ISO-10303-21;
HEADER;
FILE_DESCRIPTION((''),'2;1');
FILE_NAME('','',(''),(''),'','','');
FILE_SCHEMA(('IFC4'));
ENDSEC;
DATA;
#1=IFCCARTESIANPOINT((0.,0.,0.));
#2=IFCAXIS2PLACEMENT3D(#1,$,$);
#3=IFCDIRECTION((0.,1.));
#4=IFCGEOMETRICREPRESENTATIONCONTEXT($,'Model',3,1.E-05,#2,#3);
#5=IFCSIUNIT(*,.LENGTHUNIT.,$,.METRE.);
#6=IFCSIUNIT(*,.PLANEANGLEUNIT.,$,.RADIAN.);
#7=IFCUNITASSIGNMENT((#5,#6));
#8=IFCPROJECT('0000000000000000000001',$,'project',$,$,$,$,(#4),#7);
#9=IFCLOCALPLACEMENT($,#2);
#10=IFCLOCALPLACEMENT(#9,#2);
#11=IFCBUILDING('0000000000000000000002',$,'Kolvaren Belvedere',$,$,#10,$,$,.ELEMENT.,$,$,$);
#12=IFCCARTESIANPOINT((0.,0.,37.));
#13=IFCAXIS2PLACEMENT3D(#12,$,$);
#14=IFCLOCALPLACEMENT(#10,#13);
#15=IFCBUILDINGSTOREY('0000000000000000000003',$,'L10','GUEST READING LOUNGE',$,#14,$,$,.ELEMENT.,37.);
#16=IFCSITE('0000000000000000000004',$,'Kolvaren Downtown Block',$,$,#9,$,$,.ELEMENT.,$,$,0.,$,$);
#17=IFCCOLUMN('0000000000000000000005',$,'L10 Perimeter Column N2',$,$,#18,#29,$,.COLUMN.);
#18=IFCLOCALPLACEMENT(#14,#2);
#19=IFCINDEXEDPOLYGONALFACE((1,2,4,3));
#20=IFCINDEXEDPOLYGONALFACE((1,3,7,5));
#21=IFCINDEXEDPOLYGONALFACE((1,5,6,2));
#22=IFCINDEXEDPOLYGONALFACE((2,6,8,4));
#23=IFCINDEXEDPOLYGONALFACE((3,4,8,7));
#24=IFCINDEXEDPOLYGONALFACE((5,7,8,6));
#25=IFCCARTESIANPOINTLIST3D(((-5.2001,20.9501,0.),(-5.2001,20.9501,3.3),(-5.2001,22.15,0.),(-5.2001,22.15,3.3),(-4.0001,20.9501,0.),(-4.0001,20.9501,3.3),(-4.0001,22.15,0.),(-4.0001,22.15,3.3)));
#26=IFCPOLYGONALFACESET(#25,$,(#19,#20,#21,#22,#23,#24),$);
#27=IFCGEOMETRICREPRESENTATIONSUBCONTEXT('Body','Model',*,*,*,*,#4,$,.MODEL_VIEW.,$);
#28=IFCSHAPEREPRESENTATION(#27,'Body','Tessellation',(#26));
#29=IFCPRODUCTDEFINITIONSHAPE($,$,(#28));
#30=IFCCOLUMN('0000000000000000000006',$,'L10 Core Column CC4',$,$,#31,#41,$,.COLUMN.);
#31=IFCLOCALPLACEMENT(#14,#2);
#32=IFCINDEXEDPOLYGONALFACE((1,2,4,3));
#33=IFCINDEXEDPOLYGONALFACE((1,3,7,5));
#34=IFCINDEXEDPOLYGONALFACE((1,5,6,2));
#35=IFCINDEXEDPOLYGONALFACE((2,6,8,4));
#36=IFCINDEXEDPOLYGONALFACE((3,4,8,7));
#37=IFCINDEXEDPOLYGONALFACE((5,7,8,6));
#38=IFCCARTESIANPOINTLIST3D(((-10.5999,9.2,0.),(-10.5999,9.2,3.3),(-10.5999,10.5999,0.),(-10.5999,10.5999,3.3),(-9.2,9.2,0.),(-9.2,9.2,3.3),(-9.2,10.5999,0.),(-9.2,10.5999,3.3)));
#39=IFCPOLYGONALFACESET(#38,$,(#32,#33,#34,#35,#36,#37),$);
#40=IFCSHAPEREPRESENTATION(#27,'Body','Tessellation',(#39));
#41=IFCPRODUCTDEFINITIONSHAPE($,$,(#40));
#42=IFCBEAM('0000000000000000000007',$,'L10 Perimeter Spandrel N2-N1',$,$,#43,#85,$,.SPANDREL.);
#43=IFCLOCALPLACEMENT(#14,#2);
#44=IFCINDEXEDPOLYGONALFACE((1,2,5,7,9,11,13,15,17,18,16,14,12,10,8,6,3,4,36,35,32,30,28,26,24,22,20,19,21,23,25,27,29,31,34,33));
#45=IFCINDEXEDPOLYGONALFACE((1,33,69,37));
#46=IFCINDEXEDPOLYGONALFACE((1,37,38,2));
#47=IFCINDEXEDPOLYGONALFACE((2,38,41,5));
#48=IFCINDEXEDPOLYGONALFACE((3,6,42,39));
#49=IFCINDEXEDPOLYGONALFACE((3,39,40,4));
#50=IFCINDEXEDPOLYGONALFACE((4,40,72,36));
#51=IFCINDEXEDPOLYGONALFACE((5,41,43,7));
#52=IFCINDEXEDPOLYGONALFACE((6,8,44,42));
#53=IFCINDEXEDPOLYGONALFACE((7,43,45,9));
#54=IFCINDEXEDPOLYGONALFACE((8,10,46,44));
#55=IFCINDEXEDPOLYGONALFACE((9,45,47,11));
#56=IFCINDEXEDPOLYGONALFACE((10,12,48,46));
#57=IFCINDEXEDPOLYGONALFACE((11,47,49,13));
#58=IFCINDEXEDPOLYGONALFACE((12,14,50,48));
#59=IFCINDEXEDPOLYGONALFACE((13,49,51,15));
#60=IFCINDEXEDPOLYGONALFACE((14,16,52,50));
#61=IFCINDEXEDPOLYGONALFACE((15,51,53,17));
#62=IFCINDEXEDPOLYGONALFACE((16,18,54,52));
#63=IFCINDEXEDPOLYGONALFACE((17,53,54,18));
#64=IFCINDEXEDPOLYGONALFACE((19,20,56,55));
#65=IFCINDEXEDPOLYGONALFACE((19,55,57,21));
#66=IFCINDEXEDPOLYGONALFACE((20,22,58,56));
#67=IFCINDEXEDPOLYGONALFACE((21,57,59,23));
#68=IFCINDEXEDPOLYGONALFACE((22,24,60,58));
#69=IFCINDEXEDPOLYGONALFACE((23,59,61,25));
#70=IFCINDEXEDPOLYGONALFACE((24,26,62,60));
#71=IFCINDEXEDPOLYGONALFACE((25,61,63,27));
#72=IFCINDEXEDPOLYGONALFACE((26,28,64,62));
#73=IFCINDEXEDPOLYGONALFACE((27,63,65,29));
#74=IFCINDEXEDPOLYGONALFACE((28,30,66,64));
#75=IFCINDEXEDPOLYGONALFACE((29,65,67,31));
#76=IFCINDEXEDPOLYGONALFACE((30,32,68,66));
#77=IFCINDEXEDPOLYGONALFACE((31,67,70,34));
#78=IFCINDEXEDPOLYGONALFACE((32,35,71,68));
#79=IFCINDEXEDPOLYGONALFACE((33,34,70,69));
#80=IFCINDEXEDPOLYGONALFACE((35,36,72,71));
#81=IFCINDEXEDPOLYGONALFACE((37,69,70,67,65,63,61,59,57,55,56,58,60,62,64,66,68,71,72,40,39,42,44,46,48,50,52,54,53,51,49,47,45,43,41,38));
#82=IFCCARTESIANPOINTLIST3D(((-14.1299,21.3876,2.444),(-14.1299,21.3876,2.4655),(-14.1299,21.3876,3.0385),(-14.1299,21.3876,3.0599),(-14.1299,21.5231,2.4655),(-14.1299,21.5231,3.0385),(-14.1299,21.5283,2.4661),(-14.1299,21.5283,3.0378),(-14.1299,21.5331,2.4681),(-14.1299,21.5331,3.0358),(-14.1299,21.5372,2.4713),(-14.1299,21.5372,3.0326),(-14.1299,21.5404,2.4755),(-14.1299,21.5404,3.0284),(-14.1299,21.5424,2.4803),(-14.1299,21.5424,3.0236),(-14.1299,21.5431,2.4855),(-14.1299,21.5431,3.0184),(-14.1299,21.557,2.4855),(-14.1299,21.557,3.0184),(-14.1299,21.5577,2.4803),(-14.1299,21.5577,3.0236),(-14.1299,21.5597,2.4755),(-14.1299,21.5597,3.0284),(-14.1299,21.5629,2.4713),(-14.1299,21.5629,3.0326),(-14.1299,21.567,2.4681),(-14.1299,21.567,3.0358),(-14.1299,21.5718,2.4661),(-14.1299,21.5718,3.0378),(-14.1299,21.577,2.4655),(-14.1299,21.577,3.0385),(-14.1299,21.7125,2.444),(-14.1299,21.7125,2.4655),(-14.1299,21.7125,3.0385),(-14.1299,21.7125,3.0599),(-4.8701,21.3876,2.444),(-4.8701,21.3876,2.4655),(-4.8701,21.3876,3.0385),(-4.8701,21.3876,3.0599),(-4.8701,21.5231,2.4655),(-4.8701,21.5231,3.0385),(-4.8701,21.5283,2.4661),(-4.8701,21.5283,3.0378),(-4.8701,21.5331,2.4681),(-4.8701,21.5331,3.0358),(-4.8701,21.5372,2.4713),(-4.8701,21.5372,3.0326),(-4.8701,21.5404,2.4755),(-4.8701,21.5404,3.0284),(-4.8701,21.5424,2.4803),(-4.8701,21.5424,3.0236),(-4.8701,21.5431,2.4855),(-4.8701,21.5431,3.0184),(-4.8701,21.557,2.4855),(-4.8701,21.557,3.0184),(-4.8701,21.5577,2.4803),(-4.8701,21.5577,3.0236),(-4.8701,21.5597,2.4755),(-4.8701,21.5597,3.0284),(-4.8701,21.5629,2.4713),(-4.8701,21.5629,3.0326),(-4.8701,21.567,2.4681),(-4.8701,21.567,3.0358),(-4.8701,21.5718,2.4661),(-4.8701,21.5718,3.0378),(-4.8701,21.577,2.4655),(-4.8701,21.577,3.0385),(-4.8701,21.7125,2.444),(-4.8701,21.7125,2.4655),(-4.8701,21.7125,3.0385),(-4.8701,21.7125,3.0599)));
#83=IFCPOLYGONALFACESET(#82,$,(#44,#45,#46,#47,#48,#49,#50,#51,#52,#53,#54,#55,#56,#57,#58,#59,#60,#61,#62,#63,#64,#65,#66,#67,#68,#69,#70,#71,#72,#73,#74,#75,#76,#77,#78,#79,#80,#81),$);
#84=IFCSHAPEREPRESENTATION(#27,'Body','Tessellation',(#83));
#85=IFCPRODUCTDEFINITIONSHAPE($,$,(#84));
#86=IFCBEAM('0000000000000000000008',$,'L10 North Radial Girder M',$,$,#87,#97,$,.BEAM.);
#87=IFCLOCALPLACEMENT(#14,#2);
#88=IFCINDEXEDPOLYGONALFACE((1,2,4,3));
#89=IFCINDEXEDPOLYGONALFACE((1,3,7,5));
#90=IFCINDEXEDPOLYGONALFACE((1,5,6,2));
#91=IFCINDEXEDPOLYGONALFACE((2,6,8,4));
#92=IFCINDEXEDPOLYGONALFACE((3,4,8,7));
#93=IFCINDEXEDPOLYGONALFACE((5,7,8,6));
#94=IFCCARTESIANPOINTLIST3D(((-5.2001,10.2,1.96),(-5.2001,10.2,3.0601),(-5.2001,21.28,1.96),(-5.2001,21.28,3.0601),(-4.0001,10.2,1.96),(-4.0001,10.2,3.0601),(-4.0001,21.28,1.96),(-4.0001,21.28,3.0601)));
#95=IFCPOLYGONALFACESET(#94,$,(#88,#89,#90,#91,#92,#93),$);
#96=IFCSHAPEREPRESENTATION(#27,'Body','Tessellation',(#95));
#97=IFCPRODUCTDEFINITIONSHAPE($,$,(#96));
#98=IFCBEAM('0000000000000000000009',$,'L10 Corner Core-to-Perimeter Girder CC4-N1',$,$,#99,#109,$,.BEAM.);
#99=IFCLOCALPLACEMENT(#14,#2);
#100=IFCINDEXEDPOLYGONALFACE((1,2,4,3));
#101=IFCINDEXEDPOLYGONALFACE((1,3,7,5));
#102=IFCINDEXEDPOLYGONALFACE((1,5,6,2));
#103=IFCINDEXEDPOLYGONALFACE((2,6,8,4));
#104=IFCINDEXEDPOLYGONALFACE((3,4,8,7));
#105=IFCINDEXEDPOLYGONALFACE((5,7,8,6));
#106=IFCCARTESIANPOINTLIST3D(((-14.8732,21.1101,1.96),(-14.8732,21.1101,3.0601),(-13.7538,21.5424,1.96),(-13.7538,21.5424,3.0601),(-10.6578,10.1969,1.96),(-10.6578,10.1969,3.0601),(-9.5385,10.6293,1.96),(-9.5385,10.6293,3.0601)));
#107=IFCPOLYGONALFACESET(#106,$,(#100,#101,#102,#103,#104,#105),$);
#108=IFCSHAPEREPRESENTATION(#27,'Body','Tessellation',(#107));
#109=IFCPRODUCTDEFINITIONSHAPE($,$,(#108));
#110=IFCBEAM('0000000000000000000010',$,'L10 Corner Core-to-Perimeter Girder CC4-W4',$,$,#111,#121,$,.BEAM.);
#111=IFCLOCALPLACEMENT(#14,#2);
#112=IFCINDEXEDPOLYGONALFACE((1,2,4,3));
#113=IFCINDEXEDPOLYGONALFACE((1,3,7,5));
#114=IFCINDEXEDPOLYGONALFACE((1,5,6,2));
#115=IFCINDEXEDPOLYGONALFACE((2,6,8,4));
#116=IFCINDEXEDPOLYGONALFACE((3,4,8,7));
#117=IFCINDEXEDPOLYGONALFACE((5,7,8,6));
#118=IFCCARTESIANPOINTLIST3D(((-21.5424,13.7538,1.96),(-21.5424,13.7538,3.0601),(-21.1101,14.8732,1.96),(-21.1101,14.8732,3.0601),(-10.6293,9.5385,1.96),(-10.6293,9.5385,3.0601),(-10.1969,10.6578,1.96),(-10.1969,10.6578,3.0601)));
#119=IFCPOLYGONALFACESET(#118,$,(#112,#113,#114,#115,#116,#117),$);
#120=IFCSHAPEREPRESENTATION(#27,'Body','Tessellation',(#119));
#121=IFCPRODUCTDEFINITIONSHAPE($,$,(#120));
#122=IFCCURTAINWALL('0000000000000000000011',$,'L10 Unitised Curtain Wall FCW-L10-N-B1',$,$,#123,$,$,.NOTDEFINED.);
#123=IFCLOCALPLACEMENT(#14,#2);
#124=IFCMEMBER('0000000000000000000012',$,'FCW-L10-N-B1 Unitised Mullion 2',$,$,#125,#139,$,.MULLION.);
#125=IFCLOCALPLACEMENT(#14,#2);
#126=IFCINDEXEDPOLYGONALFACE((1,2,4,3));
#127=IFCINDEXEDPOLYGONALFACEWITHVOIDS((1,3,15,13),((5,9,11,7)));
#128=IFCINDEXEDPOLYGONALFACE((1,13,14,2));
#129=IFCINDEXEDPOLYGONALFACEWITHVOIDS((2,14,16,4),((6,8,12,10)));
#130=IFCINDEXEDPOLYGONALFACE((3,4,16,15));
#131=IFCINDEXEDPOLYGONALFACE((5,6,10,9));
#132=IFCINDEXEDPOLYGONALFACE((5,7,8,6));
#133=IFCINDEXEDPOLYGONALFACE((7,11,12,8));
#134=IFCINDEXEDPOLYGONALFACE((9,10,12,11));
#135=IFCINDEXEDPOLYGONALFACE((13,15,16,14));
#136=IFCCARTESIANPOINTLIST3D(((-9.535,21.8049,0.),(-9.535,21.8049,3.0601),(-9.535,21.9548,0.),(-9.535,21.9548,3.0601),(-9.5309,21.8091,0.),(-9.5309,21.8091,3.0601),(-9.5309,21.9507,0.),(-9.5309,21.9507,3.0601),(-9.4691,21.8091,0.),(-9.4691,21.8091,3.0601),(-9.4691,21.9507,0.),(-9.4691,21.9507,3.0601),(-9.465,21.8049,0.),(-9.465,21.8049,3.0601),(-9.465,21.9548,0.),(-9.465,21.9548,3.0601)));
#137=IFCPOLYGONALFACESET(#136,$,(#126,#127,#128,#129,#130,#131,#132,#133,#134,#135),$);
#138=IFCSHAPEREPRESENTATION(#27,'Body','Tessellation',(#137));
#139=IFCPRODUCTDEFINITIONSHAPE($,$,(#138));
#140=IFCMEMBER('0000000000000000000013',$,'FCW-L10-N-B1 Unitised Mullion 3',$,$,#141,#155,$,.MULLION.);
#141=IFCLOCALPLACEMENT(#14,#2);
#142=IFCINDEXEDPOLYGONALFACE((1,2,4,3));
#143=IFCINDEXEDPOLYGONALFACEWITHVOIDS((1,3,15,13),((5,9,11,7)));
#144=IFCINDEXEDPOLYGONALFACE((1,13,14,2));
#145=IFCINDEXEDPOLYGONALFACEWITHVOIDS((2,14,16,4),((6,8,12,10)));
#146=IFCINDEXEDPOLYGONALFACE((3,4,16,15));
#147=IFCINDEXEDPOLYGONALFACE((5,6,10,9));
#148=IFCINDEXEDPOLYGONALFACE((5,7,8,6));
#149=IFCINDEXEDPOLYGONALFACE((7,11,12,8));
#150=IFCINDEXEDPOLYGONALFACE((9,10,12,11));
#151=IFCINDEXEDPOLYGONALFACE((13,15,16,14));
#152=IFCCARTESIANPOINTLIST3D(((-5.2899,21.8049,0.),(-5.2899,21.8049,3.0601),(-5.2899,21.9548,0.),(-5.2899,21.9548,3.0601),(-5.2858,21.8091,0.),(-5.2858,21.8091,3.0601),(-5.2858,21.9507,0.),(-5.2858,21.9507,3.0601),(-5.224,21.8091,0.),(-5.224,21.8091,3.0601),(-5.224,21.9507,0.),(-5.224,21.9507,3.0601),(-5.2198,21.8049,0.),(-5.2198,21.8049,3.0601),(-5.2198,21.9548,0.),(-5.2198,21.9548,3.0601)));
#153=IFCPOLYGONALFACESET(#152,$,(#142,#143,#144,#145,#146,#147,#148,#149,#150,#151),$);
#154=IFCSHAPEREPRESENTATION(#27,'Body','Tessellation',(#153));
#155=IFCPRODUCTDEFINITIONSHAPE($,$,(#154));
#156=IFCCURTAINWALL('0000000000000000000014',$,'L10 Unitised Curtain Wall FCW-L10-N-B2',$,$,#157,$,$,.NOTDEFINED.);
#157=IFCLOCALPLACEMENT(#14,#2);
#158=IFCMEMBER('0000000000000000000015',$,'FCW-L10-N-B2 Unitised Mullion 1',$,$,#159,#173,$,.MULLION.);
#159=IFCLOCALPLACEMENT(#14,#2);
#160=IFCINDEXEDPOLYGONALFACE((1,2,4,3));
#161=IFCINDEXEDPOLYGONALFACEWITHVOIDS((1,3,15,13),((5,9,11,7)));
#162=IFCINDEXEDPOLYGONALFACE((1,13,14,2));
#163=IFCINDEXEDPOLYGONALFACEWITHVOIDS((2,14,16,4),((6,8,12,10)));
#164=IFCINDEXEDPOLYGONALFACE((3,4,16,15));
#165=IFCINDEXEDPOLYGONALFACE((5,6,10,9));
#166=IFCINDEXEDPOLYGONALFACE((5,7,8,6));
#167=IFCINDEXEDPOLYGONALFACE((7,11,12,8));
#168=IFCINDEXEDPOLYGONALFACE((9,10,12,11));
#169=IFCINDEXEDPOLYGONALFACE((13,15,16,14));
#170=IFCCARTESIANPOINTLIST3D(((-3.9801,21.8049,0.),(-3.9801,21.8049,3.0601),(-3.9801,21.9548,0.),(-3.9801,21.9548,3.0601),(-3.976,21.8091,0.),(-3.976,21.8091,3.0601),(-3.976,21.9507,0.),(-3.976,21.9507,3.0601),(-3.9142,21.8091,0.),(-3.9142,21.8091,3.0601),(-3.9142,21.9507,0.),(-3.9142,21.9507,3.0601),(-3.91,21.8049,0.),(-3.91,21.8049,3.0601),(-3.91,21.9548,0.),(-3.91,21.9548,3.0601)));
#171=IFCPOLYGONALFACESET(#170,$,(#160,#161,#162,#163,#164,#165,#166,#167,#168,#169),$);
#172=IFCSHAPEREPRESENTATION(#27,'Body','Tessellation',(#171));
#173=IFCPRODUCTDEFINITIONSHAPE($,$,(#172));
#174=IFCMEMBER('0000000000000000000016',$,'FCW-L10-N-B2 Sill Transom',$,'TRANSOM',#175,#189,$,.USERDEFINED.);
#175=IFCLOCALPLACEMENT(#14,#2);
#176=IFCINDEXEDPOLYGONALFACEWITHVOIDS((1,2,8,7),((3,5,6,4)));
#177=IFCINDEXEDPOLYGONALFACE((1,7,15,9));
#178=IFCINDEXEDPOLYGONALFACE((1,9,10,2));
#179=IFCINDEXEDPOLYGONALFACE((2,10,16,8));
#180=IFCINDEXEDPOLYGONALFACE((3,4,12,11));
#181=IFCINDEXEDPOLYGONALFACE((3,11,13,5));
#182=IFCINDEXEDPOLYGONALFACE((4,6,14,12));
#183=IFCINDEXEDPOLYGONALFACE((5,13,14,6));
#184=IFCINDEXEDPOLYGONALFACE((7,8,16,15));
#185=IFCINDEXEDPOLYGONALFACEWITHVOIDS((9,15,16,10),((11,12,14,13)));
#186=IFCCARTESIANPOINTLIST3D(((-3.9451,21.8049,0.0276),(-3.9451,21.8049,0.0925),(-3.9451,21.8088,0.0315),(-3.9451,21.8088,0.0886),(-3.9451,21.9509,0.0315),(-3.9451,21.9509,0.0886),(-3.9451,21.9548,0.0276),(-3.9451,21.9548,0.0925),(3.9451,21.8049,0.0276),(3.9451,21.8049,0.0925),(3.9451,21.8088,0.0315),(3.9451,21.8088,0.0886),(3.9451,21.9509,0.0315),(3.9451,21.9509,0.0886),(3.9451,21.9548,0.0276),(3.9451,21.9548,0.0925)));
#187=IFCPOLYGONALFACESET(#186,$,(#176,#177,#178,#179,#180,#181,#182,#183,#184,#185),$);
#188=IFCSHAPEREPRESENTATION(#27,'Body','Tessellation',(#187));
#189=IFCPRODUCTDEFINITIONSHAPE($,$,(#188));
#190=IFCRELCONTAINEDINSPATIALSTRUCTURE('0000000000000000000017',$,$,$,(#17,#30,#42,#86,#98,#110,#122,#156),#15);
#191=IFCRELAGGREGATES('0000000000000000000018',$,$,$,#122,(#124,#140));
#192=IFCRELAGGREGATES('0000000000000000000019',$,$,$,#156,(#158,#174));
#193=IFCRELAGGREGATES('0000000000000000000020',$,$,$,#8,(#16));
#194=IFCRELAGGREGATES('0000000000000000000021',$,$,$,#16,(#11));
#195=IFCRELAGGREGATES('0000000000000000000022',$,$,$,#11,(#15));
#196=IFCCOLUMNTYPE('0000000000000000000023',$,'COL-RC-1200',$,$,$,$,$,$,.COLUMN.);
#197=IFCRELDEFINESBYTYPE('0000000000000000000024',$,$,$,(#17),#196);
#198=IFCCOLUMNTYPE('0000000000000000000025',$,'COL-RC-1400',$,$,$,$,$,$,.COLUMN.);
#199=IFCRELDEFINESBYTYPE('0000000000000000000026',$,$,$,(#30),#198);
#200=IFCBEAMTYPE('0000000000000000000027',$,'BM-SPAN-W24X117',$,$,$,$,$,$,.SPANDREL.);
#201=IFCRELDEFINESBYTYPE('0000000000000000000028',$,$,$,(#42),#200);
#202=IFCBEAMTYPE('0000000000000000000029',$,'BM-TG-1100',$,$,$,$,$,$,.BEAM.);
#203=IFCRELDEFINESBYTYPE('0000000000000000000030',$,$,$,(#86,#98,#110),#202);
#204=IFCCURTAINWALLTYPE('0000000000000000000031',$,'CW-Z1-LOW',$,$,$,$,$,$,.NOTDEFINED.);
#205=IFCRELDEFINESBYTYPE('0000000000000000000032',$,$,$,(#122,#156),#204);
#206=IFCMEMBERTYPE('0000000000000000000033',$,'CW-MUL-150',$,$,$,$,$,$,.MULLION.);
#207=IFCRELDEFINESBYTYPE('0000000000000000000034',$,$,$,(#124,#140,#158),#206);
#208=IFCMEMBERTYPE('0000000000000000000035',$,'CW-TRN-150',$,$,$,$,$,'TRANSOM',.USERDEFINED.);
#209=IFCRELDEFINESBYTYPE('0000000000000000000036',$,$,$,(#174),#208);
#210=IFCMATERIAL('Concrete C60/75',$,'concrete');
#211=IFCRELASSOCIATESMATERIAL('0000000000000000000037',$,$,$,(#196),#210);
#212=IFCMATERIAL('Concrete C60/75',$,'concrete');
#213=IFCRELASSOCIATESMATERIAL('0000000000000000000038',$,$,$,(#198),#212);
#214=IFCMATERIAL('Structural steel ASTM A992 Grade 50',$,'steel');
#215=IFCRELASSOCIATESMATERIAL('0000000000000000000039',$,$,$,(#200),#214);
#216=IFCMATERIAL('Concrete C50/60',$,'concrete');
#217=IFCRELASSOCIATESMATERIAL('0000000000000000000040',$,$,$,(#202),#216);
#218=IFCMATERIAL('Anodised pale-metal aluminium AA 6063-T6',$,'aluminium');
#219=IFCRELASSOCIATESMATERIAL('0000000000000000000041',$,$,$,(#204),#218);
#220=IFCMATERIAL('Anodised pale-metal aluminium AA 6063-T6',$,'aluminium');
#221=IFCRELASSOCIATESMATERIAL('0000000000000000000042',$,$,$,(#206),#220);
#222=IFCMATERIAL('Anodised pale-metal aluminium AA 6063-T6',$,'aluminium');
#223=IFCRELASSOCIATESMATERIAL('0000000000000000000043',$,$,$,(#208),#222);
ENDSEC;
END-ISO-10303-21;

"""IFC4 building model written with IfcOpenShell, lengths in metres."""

from ifc_helpers import new_model, si_unit, direction, frame, origin, origin_2d, place, context, subcontext, project, spatial, rectangle, hollow_rectangle, i_section, extrude, material, material_profile, profile_set, type_object, element, aggregate, save


model = new_model("IFC4")

# Units and contexts
model_context = context("Model", 3, precision=1e-05, world=origin(), true_north=direction((0.0, 1.0)))
body_context = subcontext(model_context, "Body", "Model", "MODEL_VIEW")
ifc_project = project(units=[si_unit("LENGTHUNIT", "METRE"), si_unit("PLANEANGLEUNIT", "RADIAN")], contexts=[model_context])

# Site, building, storey
site_placement = place(None, origin())
site = spatial("IfcSite", under=ifc_project, at=site_placement, Name="Kolvaren Downtown Block", CompositionType="ELEMENT", RefElevation=0.0)
building_placement = place(site_placement, origin())
building = spatial("IfcBuilding", under=site, at=building_placement, Name="Kolvaren Belvedere", CompositionType="ELEMENT")
storey_placement = place(building_placement, frame((0.0, 0.0, 37.0)))
storey = spatial("IfcBuildingStorey", under=building, at=storey_placement, Name="L10", Description="GUEST READING LOUNGE", CompositionType="ELEMENT", Elevation=37.0)

# Columns
ifc_material_1 = material(Name="Concrete C60/75", Category="concrete")
ifc_material_profile_1 = material_profile(ifc_material_1, rectangle(XDim=1.2, YDim=1.2, at=origin_2d()), Name="RC 1200X1200")
ifc_profile_set_1 = profile_set([ifc_material_profile_1], Name="Concrete C60/75")
column_type_1 = type_object("IfcColumnType", Name="COL-RC-1200", PredefinedType="COLUMN", material=ifc_profile_set_1)
column_1_placement = place(storey_placement, frame((-4.6001, 21.55, 0.0), z_axis=(0.0, 0.0, 1.0), x_axis=(1.0, 0.0, 0.0)))
element("IfcColumn", 1, at=column_1_placement, inside=storey, type_object=column_type_1, Name="L10 Perimeter Column N2", PredefinedType="COLUMN", context=body_context, shape_type="SweptSolid", body=[
    extrude(rectangle(XDim=1.2, YDim=1.2, at=origin_2d()), origin(), (0.0, 0.0, 1.0), 3.3),
])
ifc_material_2 = material(Name="Concrete C60/75", Category="concrete")
ifc_material_profile_2 = material_profile(ifc_material_2, rectangle(XDim=1.3999, YDim=1.3999, at=origin_2d()), Name="RC 1400X1400")
ifc_profile_set_2 = profile_set([ifc_material_profile_2], Name="Concrete C60/75")
column_type_2 = type_object("IfcColumnType", Name="COL-RC-1400", PredefinedType="COLUMN", material=ifc_profile_set_2)
column_2_placement = place(storey_placement, frame((-9.8999, 9.8999, 0.0), z_axis=(0.0, 0.0, 1.0), x_axis=(1.0, 0.0, 0.0)))
element("IfcColumn", 2, at=column_2_placement, inside=storey, type_object=column_type_2, Name="L10 Core Column CC4", PredefinedType="COLUMN", context=body_context, shape_type="SweptSolid", body=[
    extrude(rectangle(XDim=1.3999, YDim=1.3999, at=origin_2d()), origin(), (0.0, 0.0, 1.0), 3.3),
])

# Beams
ifc_material_3 = material(Name="Structural steel ASTM A992 Grade 50", Category="steel")
ifc_material_profile_3 = material_profile(ifc_material_3, i_section(OverallWidth=0.325, OverallDepth=0.616, WebThickness=0.0139, FlangeThickness=0.0215, FilletRadius=0.02, at=origin_2d()), Name="W24X117")
ifc_profile_set_3 = profile_set([ifc_material_profile_3], Name="Structural steel ASTM A992 Grade 50")
beam_type_1 = type_object("IfcBeamType", Name="BM-SPAN-W24X117", PredefinedType="SPANDREL", material=ifc_profile_set_3)
beam_1_placement = place(storey_placement, frame((-4.8701, 21.55, 2.752), z_axis=(-1.0, 0.0, 0.0), x_axis=(0.0, -1.0, 0.0)))
element("IfcBeam", 3, at=beam_1_placement, inside=storey, type_object=beam_type_1, Name="L10 Perimeter Spandrel N2-N1", PredefinedType="SPANDREL", context=body_context, shape_type="SweptSolid", body=[
    extrude(i_section(OverallWidth=0.325, OverallDepth=0.616, WebThickness=0.0139, FlangeThickness=0.0215, FilletRadius=0.02, at=origin_2d()), origin(), (0.0, 0.0, 1.0), 9.2598),
])
ifc_material_4 = material(Name="Concrete C50/60", Category="concrete")
ifc_material_profile_4 = material_profile(ifc_material_4, rectangle(XDim=1.2, YDim=1.1001, at=origin_2d()), Name="RC 1200X1100")
ifc_profile_set_4 = profile_set([ifc_material_profile_4], Name="Concrete C50/60")
beam_type_2 = type_object("IfcBeamType", Name="BM-TG-1100", PredefinedType="BEAM", material=ifc_profile_set_4)
beam_2_placement = place(storey_placement, frame((-4.6001, 10.2, 2.51), z_axis=(0.0, 1.0, 0.0), x_axis=(-1.0, 0.0, 0.0)))
element("IfcBeam", 4, at=beam_2_placement, inside=storey, type_object=beam_type_2, Name="L10 North Radial Girder M", PredefinedType="BEAM", context=body_context, shape_type="SweptSolid", body=[
    extrude(rectangle(XDim=1.2, YDim=1.1001, at=origin_2d()), origin(), (0.0, 0.0, 1.0), 11.0801),
])
for number, where, z_axis, x_axis, name in (
    (5, (-10.0981, 10.4131, 2.51), (-0.360318, 0.932829, 0.0), (-0.932829, -0.360318, 0.0), "L10 Corner Core-to-Perimeter Girder CC4-N1"),
    (6, (-10.4131, 10.0981, 2.51), (-0.932829, 0.360318, 0.0), (-0.360318, -0.932829, 0.0), "L10 Corner Core-to-Perimeter Girder CC4-W4"),
):
    element("IfcBeam", number, at=place(storey_placement, frame(where, z_axis=z_axis, x_axis=x_axis)), inside=storey, type_object=beam_type_2, Name=name, PredefinedType="BEAM", context=body_context, shape_type="SweptSolid", body=[
        extrude(rectangle(XDim=1.2, YDim=1.1001, at=origin_2d()), origin(), (0.0, 0.0, 1.0), 11.699),
    ])

# Curtain walls, members
ifc_material_5 = material(Name="Anodised pale-metal aluminium AA 6063-T6", Category="aluminium")
curtain_wall_type = type_object("IfcCurtainWallType", Name="CW-Z1-LOW", PredefinedType="NOTDEFINED", material=ifc_material_5)
curtain_wall_1_placement = place(storey_placement, origin())
curtain_wall_1 = element("IfcCurtainWall", 7, at=curtain_wall_1_placement, inside=storey, type_object=curtain_wall_type, Name="L10 Unitised Curtain Wall FCW-L10-N-B1", PredefinedType="NOTDEFINED")
ifc_material_6 = material(Name="Anodised pale-metal aluminium AA 6063-T6", Category="aluminium")
ifc_material_profile_5 = material_profile(ifc_material_6, hollow_rectangle(XDim=0.0701, YDim=0.1499, WallThickness=0.0042, at=origin_2d()), Name="ALU-MUL-150X70")
ifc_profile_set_5 = profile_set([ifc_material_profile_5], Name="Anodised pale-metal aluminium AA 6063-T6")
member_type_1 = type_object("IfcMemberType", Name="CW-MUL-150", PredefinedType="MULLION", material=ifc_profile_set_5)
member_1_placement = place(storey_placement, frame((-9.5, 21.8799, 0.0), z_axis=(0.0, 0.0, 1.0), x_axis=(1.0, 0.0, 0.0)))
member_1 = element("IfcMember", 8, at=member_1_placement, type_object=member_type_1, Name="FCW-L10-N-B1 Unitised Mullion 2", PredefinedType="MULLION", context=body_context, shape_type="SweptSolid", body=[
    extrude(hollow_rectangle(XDim=0.0701, YDim=0.1499, WallThickness=0.0042, at=origin_2d()), origin(), (0.0, 0.0, 1.0), 3.0601),
])
member_2_placement = place(storey_placement, frame((-5.2549, 21.8799, 0.0), z_axis=(0.0, 0.0, 1.0), x_axis=(1.0, 0.0, 0.0)))
member_2 = element("IfcMember", 9, at=member_2_placement, type_object=member_type_1, Name="FCW-L10-N-B1 Unitised Mullion 3", PredefinedType="MULLION", context=body_context, shape_type="SweptSolid", body=[
    extrude(hollow_rectangle(XDim=0.0701, YDim=0.1499, WallThickness=0.0042, at=origin_2d()), origin(), (0.0, 0.0, 1.0), 3.0601),
])
curtain_wall_2_placement = place(storey_placement, origin())
curtain_wall_2 = element("IfcCurtainWall", 10, at=curtain_wall_2_placement, inside=storey, type_object=curtain_wall_type, Name="L10 Unitised Curtain Wall FCW-L10-N-B2", PredefinedType="NOTDEFINED")
member_3_placement = place(storey_placement, frame((-3.9451, 21.8799, 0.0), z_axis=(0.0, 0.0, 1.0), x_axis=(1.0, 0.0, 0.0)))
member_3 = element("IfcMember", 11, at=member_3_placement, type_object=member_type_1, Name="FCW-L10-N-B2 Unitised Mullion 1", PredefinedType="MULLION", context=body_context, shape_type="SweptSolid", body=[
    extrude(hollow_rectangle(XDim=0.0701, YDim=0.1499, WallThickness=0.0042, at=origin_2d()), origin(), (0.0, 0.0, 1.0), 3.0601),
])
ifc_material_7 = material(Name="Anodised pale-metal aluminium AA 6063-T6", Category="aluminium")
ifc_material_profile_6 = material_profile(ifc_material_7, hollow_rectangle(XDim=0.0649, YDim=0.1499, WallThickness=0.0039, at=origin_2d()), Name="ALU-TRN-150X65")
ifc_profile_set_6 = profile_set([ifc_material_profile_6], Name="Anodised pale-metal aluminium AA 6063-T6")
member_type_2 = type_object("IfcMemberType", Name="CW-TRN-150", ElementType="TRANSOM", PredefinedType="USERDEFINED", material=ifc_profile_set_6)
member_4_placement = place(storey_placement, frame((-3.9451, 21.8799, 0.0601), z_axis=(1.0, 0.0, 0.0), x_axis=(0.0, 0.0, 1.0)))
member_4 = element("IfcMember", 12, at=member_4_placement, type_object=member_type_2, Name="FCW-L10-N-B2 Sill Transom", ObjectType="TRANSOM", PredefinedType="USERDEFINED", context=body_context, shape_type="SweptSolid", body=[
    extrude(hollow_rectangle(XDim=0.0649, YDim=0.1499, WallThickness=0.0039, at=origin_2d()), origin(), (0.0, 0.0, 1.0), 7.8901),
])

aggregate(curtain_wall_1, [member_1, member_2])
aggregate(curtain_wall_2, [member_3, member_4])

save(model, "model.ifc")
